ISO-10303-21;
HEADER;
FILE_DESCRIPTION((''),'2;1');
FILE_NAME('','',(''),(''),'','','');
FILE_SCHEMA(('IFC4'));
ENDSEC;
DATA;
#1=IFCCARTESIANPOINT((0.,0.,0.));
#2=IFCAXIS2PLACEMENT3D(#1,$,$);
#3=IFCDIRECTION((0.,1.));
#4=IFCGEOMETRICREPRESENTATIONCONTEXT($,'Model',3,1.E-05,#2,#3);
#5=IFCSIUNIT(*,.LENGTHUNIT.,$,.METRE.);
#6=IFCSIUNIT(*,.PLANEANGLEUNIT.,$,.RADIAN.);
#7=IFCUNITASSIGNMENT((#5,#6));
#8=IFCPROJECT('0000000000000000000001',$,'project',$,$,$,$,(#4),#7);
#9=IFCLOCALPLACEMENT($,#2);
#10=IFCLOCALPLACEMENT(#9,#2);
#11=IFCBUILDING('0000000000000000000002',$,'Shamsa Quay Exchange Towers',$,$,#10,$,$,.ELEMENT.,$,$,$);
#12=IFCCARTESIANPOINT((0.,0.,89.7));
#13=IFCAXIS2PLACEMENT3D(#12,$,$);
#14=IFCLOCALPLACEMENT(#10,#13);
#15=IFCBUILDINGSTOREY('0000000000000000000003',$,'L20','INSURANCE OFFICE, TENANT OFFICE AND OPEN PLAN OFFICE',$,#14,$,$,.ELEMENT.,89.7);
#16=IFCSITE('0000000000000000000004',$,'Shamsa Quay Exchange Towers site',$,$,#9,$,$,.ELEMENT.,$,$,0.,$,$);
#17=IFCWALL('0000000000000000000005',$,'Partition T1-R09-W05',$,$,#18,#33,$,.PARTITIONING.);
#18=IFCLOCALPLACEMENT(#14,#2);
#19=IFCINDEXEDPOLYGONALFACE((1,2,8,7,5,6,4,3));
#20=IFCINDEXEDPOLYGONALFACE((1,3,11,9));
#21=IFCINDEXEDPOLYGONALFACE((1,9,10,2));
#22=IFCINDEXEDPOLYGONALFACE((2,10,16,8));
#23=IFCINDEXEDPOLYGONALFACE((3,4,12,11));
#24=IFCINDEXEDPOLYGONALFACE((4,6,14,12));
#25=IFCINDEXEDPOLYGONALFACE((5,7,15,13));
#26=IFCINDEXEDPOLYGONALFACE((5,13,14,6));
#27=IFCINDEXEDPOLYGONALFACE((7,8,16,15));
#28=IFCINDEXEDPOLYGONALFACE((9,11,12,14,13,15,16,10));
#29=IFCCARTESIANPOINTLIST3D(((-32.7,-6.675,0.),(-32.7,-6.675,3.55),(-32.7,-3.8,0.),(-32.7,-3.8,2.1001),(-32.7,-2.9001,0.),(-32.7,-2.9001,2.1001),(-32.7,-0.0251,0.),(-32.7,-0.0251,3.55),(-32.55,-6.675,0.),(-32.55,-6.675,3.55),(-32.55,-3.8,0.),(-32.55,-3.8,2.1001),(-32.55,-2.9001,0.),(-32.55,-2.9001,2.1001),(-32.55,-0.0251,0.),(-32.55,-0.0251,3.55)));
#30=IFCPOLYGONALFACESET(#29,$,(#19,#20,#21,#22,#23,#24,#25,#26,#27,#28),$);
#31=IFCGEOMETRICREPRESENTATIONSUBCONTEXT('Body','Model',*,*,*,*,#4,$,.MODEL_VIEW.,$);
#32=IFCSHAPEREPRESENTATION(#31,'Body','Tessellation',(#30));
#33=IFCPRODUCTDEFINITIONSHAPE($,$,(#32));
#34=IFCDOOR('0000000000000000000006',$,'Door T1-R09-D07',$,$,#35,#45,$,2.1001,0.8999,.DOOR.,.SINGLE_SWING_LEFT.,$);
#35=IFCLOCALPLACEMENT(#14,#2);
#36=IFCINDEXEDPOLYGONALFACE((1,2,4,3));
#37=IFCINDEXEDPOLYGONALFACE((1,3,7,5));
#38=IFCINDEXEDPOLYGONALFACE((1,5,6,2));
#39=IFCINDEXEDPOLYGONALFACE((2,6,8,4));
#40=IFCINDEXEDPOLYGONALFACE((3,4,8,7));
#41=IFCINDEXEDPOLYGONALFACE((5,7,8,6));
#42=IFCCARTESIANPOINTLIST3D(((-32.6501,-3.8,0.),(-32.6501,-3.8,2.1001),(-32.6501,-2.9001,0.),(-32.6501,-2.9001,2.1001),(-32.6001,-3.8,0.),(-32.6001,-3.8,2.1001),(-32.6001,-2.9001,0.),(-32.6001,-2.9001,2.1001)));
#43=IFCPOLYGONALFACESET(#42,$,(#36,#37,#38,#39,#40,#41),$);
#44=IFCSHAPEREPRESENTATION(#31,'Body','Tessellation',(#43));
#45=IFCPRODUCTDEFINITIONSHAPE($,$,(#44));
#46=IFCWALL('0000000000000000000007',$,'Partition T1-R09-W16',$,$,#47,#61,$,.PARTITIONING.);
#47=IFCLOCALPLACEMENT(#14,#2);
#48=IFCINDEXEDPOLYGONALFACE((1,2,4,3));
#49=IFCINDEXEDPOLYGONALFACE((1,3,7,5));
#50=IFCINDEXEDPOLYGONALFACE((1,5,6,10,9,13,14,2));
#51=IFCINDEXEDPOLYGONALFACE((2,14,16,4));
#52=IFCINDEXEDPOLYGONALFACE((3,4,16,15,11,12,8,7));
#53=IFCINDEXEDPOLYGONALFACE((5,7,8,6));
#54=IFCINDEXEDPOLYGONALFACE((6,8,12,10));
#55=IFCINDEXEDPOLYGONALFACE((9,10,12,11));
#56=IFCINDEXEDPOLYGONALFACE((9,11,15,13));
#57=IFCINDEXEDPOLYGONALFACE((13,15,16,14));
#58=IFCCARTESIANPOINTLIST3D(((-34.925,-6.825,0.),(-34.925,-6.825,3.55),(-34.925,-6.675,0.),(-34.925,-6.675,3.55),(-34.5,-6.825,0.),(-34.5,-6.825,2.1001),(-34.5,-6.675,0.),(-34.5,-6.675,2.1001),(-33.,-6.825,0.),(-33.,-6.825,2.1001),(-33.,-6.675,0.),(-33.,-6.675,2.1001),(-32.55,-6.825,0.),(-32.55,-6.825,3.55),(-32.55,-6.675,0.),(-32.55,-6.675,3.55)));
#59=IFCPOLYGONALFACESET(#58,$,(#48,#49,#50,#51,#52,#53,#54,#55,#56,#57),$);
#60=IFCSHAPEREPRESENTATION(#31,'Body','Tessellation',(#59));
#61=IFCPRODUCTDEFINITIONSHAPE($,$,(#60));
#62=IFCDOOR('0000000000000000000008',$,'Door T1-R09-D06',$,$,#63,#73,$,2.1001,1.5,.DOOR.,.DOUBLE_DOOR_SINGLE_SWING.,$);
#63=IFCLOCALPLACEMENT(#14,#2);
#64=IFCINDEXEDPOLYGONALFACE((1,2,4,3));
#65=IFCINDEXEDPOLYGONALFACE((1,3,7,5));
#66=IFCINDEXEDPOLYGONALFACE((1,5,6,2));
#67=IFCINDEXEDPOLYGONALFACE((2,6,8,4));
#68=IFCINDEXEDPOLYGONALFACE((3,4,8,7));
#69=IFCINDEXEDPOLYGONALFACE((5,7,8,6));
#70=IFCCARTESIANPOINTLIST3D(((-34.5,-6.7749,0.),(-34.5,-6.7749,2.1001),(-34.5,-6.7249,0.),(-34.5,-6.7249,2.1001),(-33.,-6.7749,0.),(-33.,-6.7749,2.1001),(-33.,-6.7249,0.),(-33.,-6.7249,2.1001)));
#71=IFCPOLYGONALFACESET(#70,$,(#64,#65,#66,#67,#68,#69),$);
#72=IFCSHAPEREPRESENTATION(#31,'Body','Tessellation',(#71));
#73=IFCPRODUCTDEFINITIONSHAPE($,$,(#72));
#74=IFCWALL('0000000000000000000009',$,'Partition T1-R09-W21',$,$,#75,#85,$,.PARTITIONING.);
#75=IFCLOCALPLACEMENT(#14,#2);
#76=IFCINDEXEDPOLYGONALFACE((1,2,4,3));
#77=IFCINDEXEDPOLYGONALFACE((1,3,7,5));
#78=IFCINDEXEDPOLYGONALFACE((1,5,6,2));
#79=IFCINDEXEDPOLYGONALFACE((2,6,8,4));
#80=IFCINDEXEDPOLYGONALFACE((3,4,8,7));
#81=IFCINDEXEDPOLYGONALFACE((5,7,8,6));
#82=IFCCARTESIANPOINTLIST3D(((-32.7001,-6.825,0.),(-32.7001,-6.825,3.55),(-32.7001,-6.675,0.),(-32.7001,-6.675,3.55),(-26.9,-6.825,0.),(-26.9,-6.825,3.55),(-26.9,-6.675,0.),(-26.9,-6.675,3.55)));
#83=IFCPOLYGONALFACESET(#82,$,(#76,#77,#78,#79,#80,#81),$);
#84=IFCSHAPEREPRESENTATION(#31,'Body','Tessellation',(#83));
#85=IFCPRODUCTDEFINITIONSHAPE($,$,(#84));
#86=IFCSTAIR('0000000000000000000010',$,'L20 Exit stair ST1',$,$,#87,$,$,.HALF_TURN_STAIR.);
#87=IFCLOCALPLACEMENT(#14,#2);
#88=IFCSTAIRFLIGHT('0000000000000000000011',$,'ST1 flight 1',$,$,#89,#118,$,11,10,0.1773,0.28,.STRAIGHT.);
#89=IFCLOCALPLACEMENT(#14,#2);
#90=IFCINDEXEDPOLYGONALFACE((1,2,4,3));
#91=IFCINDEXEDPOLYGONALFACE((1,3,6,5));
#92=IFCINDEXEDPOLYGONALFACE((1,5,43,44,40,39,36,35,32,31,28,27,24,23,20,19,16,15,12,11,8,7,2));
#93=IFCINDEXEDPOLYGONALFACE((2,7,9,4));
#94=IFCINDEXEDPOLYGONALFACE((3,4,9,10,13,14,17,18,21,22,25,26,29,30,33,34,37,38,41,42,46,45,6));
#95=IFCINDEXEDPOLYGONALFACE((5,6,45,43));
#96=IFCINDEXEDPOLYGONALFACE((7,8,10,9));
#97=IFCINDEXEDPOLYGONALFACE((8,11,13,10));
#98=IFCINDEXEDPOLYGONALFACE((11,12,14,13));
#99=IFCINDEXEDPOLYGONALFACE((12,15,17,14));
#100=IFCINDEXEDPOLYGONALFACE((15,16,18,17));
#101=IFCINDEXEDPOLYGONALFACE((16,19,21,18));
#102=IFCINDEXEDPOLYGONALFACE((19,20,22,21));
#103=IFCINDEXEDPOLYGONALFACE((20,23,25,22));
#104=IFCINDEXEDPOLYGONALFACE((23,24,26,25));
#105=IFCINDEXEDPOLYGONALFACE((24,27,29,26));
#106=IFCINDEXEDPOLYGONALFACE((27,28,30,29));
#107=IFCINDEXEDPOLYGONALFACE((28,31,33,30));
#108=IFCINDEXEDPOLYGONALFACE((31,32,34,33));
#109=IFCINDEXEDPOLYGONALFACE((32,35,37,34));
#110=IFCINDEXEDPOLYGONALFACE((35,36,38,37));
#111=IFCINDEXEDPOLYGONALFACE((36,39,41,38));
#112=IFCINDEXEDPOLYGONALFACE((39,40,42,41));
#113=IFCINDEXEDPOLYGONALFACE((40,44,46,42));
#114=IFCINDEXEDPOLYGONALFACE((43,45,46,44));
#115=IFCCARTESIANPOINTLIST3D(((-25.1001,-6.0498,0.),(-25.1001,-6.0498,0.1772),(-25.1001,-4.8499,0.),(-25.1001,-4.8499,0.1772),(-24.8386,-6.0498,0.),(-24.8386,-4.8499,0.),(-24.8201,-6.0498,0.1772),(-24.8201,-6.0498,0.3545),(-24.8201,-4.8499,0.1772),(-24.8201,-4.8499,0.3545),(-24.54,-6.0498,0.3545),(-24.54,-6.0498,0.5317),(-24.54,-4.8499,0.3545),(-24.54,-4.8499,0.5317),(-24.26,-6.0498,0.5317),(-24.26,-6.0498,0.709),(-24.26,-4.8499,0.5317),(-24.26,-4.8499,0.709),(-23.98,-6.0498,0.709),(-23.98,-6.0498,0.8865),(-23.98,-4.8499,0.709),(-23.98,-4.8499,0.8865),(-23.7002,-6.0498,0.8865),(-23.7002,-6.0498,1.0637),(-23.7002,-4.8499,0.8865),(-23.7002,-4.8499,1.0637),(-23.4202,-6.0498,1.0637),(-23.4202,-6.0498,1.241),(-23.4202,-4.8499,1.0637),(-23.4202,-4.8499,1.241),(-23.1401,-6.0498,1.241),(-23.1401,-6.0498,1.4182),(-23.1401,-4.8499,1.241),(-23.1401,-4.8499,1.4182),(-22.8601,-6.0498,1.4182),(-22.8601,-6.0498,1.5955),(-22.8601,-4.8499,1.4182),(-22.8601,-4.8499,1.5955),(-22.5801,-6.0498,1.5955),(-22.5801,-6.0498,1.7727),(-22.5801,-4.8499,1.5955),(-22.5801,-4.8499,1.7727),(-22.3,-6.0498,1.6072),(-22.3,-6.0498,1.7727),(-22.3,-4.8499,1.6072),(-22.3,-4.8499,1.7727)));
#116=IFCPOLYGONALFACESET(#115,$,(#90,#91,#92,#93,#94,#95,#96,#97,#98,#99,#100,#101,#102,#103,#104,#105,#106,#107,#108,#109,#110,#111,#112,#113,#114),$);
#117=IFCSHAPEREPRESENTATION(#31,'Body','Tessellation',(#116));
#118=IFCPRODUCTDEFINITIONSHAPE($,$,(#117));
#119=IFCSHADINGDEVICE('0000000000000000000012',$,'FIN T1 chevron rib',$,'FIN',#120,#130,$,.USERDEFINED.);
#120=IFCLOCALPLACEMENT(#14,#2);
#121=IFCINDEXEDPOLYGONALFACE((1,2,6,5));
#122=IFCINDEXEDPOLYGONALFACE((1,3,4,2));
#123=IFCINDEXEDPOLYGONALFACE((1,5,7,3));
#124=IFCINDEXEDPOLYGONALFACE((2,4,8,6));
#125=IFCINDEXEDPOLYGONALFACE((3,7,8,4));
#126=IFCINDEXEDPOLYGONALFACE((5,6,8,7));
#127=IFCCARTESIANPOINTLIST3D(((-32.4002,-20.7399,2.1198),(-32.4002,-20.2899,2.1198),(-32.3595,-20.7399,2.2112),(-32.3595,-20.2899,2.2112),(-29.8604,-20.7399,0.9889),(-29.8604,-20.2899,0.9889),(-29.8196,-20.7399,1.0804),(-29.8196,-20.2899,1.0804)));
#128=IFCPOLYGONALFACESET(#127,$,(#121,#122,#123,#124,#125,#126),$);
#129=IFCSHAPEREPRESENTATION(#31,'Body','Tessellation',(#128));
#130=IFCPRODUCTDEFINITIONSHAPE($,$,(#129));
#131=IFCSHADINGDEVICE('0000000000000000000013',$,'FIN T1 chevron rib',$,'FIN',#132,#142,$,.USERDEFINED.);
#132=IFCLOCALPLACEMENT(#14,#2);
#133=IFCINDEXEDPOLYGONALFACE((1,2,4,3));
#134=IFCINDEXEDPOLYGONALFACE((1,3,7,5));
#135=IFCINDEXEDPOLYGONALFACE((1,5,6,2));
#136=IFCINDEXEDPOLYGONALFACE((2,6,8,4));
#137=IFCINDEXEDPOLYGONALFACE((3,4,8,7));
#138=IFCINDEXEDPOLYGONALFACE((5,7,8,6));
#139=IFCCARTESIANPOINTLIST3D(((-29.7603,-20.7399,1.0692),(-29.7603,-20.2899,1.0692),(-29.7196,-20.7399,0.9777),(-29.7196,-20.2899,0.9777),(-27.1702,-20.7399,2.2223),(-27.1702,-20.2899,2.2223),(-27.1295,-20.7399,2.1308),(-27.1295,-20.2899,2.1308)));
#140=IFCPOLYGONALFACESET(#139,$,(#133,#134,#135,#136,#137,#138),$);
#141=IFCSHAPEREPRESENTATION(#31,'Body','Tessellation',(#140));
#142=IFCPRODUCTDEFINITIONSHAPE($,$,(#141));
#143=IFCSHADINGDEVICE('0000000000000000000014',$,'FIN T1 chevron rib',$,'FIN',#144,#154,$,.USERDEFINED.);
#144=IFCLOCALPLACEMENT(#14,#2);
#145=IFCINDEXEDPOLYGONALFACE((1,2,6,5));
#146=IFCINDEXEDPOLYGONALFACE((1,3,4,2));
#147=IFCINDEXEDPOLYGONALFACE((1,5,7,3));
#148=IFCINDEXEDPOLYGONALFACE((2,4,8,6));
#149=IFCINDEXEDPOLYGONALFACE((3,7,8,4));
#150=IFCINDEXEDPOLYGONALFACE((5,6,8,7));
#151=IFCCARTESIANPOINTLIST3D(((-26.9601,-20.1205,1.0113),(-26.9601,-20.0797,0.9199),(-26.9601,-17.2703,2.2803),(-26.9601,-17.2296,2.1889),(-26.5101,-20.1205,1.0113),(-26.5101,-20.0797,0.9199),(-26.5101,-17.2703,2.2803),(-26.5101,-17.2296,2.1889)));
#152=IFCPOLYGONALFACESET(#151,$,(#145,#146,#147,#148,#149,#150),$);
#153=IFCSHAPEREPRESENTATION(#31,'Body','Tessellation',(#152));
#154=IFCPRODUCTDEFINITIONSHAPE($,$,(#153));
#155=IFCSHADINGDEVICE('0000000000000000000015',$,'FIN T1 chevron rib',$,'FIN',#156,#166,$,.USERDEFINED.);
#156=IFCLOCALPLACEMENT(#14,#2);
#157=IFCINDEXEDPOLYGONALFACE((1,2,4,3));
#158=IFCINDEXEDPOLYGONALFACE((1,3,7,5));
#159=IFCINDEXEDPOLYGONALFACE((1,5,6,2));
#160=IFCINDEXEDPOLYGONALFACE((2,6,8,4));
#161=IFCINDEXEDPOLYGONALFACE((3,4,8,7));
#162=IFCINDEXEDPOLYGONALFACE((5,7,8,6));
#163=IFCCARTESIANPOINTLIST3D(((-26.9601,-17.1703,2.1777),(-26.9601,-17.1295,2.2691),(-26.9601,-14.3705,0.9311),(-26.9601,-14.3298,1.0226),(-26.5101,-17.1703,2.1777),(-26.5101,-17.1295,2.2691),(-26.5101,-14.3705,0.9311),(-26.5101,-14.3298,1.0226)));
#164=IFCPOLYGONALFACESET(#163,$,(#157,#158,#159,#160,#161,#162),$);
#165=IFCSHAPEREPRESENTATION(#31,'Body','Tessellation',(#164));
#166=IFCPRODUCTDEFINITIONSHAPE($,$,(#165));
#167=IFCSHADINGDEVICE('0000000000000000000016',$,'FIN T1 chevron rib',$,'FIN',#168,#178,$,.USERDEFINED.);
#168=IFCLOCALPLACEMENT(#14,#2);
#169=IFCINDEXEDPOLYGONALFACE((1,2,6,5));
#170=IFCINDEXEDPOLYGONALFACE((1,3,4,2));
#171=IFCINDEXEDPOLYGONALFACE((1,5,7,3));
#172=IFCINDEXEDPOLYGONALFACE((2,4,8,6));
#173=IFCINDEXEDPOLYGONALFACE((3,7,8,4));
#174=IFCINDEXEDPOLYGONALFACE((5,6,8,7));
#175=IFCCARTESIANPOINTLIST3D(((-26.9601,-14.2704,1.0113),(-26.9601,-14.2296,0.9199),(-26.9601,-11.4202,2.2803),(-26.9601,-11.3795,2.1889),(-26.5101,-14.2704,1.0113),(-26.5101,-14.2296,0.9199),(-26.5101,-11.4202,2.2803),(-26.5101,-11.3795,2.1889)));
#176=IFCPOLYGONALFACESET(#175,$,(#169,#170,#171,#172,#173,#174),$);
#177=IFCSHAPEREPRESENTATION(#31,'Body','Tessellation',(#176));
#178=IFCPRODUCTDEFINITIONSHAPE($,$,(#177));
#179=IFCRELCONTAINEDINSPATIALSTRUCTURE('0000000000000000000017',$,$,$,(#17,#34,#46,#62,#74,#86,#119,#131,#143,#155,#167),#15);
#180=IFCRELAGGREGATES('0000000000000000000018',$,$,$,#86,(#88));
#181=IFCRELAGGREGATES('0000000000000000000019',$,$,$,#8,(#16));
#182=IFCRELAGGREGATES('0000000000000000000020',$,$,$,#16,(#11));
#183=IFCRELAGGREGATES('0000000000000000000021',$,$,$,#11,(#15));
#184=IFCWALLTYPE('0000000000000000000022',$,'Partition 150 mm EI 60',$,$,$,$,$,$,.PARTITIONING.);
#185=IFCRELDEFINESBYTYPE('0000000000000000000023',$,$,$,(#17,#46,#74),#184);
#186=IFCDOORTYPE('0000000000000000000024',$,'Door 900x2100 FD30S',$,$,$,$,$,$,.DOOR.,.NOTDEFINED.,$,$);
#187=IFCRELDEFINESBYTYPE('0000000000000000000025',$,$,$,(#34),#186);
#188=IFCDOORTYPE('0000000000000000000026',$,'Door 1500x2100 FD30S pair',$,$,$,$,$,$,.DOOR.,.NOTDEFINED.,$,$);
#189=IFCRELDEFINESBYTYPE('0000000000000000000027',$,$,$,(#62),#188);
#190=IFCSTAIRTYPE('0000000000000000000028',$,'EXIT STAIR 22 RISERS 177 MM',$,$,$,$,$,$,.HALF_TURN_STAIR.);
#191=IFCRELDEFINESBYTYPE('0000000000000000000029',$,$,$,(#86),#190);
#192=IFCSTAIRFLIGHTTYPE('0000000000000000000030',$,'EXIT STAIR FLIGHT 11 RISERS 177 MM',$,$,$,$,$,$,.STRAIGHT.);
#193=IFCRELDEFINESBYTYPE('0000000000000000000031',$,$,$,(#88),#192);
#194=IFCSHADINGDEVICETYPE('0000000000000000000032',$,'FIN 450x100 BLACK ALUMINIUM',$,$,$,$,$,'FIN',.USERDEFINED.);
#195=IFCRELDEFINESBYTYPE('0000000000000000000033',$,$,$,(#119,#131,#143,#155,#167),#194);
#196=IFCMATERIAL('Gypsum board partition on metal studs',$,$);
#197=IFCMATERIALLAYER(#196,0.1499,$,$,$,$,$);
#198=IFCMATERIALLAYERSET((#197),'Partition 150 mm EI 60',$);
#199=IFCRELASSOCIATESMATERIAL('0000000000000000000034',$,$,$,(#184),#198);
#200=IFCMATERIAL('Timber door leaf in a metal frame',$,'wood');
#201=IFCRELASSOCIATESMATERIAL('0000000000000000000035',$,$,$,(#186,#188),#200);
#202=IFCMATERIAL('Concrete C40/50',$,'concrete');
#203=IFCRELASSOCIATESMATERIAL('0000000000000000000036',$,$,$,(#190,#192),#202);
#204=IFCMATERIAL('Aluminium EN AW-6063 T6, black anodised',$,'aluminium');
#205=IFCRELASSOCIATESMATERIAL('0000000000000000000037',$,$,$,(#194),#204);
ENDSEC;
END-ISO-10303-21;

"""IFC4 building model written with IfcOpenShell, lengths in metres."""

from ifc_helpers import new_model, si_unit, direction, frame, frame_2d, origin, origin_2d, place, context, subcontext, project, spatial, polyline, rectangle, outline, extrude, material, layer, layer_set, material_profile, profile_set, type_object, element, fill, aggregate, save


model = new_model("IFC4")

# Units and contexts
model_context = context("Model", 3, precision=1e-05, world=origin(), true_north=direction((0.0, 1.0)))
body_context = subcontext(model_context, "Body", "Model", "MODEL_VIEW")
ifc_project = project(units=[si_unit("LENGTHUNIT", "METRE"), si_unit("PLANEANGLEUNIT", "RADIAN")], contexts=[model_context])

# Site, building, storey
site_placement = place(None, origin())
site = spatial("IfcSite", under=ifc_project, at=site_placement, Name="Shamsa Quay Exchange Towers site", CompositionType="ELEMENT", RefElevation=0.0)
building_placement = place(site_placement, origin())
building = spatial("IfcBuilding", under=site, at=building_placement, Name="Shamsa Quay Exchange Towers", CompositionType="ELEMENT")
storey_placement = place(building_placement, frame((0.0, 0.0, 89.7)))
storey = spatial("IfcBuildingStorey", under=building, at=storey_placement, Name="L20", Description="INSURANCE OFFICE, TENANT OFFICE AND OPEN PLAN OFFICE", CompositionType="ELEMENT", Elevation=89.7)

# Shared definitions
ifc_material_1 = material(Name="Aluminium EN AW-6063 T6, black anodised", Category="aluminium")

# Shared definitions
ifc_material_2 = material(Name="Gypsum board partition on metal studs")
ifc_layer_1 = layer(ifc_material_2, 0.1499)
ifc_layer_set_1 = layer_set([ifc_layer_1], Name="Partition 150 mm EI 60")
wall_type_1 = type_object("IfcWallType", Name="Partition 150 mm EI 60", PredefinedType="PARTITIONING", material=ifc_layer_set_1)

# Walls, openings, doors
wall_1_placement = place(storey_placement, frame((-32.625, -0.0251, 0.0), z_axis=(0.0, 0.0, 1.0), x_axis=(0.0, -1.0, 0.0)))
wall_1 = element("IfcWall", 1, at=wall_1_placement, inside=storey, type_object=wall_type_1, Name="Partition T1-R09-W05", PredefinedType="PARTITIONING", context=body_context, shape_type="SweptSolid", body=[
    extrude(rectangle(XDim=6.6499, YDim=0.1499, at=frame_2d((3.325, 0.0))), origin(), (0.0, 0.0, 1.0), 3.55),
])
opening_1_placement = place(wall_1_placement, frame((2.875, 0.0, 0.0)))
opening_1 = element("IfcOpeningElement", 2, at=opening_1_placement, cuts=wall_1, PredefinedType="OPENING", context=body_context, shape_type="SweptSolid", body=[
    extrude(rectangle(XDim=0.8999, YDim=2.1001, at=frame_2d((0.45, 1.05))), frame((0.0, 0.085, 0.0), z_axis=(0.0, -1.0, 0.0), x_axis=(1.0, 0.0, 0.0)), (0.0, 0.0, 1.0), 0.1699),
])
ifc_material_3 = material(Name="Timber door leaf in a metal frame", Category="wood")
door_type_1 = type_object("IfcDoorType", Name="Door 900x2100 FD30S", OperationType="NOTDEFINED", PredefinedType="DOOR", material=ifc_material_3)
door_1_placement = place(opening_1_placement, origin())
door_1 = element("IfcDoor", 3, at=door_1_placement, inside=storey, type_object=door_type_1, Name="Door T1-R09-D07", OperationType="SINGLE_SWING_LEFT", OverallHeight=2.1001, OverallWidth=0.8999, PredefinedType="DOOR", context=body_context, shape_type="SweptSolid", body=[
    extrude(rectangle(XDim=0.8999, YDim=2.1001, at=frame_2d((0.45, 1.05))), frame((0.0, 0.0249, 0.0), z_axis=(0.0, -1.0, 0.0), x_axis=(1.0, 0.0, 0.0)), (0.0, 0.0, 1.0), 0.05),
])
fill(opening_1, door_1)
wall_2_placement = place(storey_placement, frame((-32.55, -6.75, 0.0), z_axis=(0.0, 0.0, 1.0), x_axis=(-1.0, 0.0, 0.0)))
wall_2 = element("IfcWall", 4, at=wall_2_placement, inside=storey, type_object=wall_type_1, Name="Partition T1-R09-W16", PredefinedType="PARTITIONING", context=body_context, shape_type="SweptSolid", body=[
    extrude(rectangle(XDim=2.375, YDim=0.1499, at=frame_2d((1.1875, 0.0))), origin(), (0.0, 0.0, 1.0), 3.55),
])
opening_2_placement = place(wall_2_placement, frame((0.45, 0.0, 0.0)))
opening_2 = element("IfcOpeningElement", 5, at=opening_2_placement, cuts=wall_2, PredefinedType="OPENING", context=body_context, shape_type="SweptSolid", body=[
    extrude(rectangle(XDim=1.5, YDim=2.1001, at=frame_2d((0.75, 1.05))), frame((0.0, 0.085, 0.0), z_axis=(0.0, -1.0, 0.0), x_axis=(1.0, 0.0, 0.0)), (0.0, 0.0, 1.0), 0.1699),
])
door_type_2 = type_object("IfcDoorType", Name="Door 1500x2100 FD30S pair", OperationType="NOTDEFINED", PredefinedType="DOOR", material=ifc_material_3)
door_2_placement = place(opening_2_placement, origin())
door_2 = element("IfcDoor", 6, at=door_2_placement, inside=storey, type_object=door_type_2, Name="Door T1-R09-D06", OperationType="DOUBLE_DOOR_SINGLE_SWING", OverallHeight=2.1001, OverallWidth=1.5, PredefinedType="DOOR", context=body_context, shape_type="SweptSolid", body=[
    extrude(rectangle(XDim=1.5, YDim=2.1001, at=frame_2d((0.75, 1.05))), frame((0.0, 0.0249, 0.0), z_axis=(0.0, -1.0, 0.0), x_axis=(1.0, 0.0, 0.0)), (0.0, 0.0, 1.0), 0.05),
])
fill(opening_2, door_2)

# Wall
wall_3_placement = place(storey_placement, frame((-32.7, -6.75, 0.0)))
element("IfcWall", 7, at=wall_3_placement, inside=storey, type_object=wall_type_1, Name="Partition T1-R09-W21", PredefinedType="PARTITIONING", context=body_context, shape_type="SweptSolid", body=[
    extrude(rectangle(XDim=5.8, YDim=0.1499, at=frame_2d((2.8999, 0.0))), origin(), (0.0, 0.0, 1.0), 3.55),
])

# Stair, stair flight
ifc_material_4 = material(Name="Concrete C40/50", Category="concrete")
stair_type = type_object("IfcStairType", Name="EXIT STAIR 22 RISERS 177 MM", PredefinedType="HALF_TURN_STAIR", material=ifc_material_4)
stair_placement = place(storey_placement, origin())
stair = element("IfcStair", 8, at=stair_placement, inside=storey, type_object=stair_type, Name="L20 Exit stair ST1", PredefinedType="HALF_TURN_STAIR")
stair_flight_type = type_object("IfcStairFlightType", Name="EXIT STAIR FLIGHT 11 RISERS 177 MM", PredefinedType="STRAIGHT", material=ifc_material_4)
stair_flight_placement = place(storey_placement, frame((-25.1001, -5.45, 0.0)))
stair_flight = element("IfcStairFlight", 9, at=stair_flight_placement, type_object=stair_flight_type, Name="ST1 flight 1", NumberOfRisers=11, NumberOfTreads=10, PredefinedType="STRAIGHT", RiserHeight=0.1773, TreadLength=0.28, context=body_context, shape_type="SweptSolid", body=[
    extrude(outline(polyline([(0.0, 0.0), (0.0, 0.1772), (0.28, 0.1772), (0.28, 0.3545), (0.5601, 0.3545), (0.5601, 0.5317), (0.8401, 0.5317), (0.8401, 0.709), (1.1201, 0.709), (1.1201, 0.8865), (1.3999, 0.8865), (1.3999, 1.0637), (1.6799, 1.0637), (1.6799, 1.241), (1.96, 1.241), (1.96, 1.4182), (2.24, 1.4182), (2.24, 1.5955), (2.52, 1.5955), (2.52, 1.7727), (2.8, 1.7727), (2.8, 1.95), (2.8, 1.6072), (0.2615, 0.0), (0.0, 0.0)])), frame((0.0, 0.6001, 0.0), z_axis=(0.0, -1.0, 0.0), x_axis=(1.0, 0.0, 0.0)), (0.0, 0.0, 1.0), 1.2),
])
aggregate(stair, [stair_flight])

# Shading devices
ifc_material_profile_1 = material_profile(ifc_material_1, rectangle(XDim=0.45, YDim=0.1001, at=origin_2d()), Name="FIN450x100")
ifc_profile_set_1 = profile_set([ifc_material_profile_1], Name="Aluminium EN AW-6063 T6, black anodised")
shading_device_type = type_object("IfcShadingDeviceType", Name="FIN 450x100 BLACK ALUMINIUM", ElementType="FIN", PredefinedType="USERDEFINED", material=ifc_profile_set_1)
shading_device_1_placement = place(storey_placement, frame((-32.3799, -20.5149, 2.1655), z_axis=(0.913536, 0.0, -0.406758), x_axis=(0.0, 1.0, 0.0)))
element("IfcShadingDevice", 10, at=shading_device_1_placement, inside=storey, type_object=shading_device_type, Name="FIN T1 chevron rib", ObjectType="FIN", PredefinedType="USERDEFINED", context=body_context, shape_type="SweptSolid", body=[
    extrude(rectangle(XDim=0.45, YDim=0.1001, at=origin_2d()), origin(), (0.0, 0.0, 1.0), 2.7803),
])
shading_device_2_placement = place(storey_placement, frame((-29.74, -20.5149, 1.0234), z_axis=(0.913559, 0.0, 0.406706), x_axis=(0.0, 1.0, 0.0)))
element("IfcShadingDevice", 11, at=shading_device_2_placement, inside=storey, type_object=shading_device_type, Name="FIN T1 chevron rib", ObjectType="FIN", PredefinedType="USERDEFINED", context=body_context, shape_type="SweptSolid", body=[
    extrude(rectangle(XDim=0.45, YDim=0.1001, at=origin_2d()), origin(), (0.0, 0.0, 1.0), 2.8352),
])
shading_device_3_placement = place(storey_placement, frame((-26.7351, -20.1001, 0.9656), z_axis=(0.0, 0.913534, 0.406763), x_axis=(-1.0, 0.0, 0.0)))
element("IfcShadingDevice", 12, at=shading_device_3_placement, inside=storey, type_object=shading_device_type, Name="FIN T1 chevron rib", ObjectType="FIN", PredefinedType="USERDEFINED", context=body_context, shape_type="SweptSolid", body=[
    extrude(rectangle(XDim=0.45, YDim=0.1001, at=origin_2d()), origin(), (0.0, 0.0, 1.0), 3.1199),
])
shading_device_4_placement = place(storey_placement, frame((-26.7351, -17.1499, 2.2234), z_axis=(0.0, 0.913542, -0.406744), x_axis=(-1.0, 0.0, 0.0)))
element("IfcShadingDevice", 13, at=shading_device_4_placement, inside=storey, type_object=shading_device_type, Name="FIN T1 chevron rib", ObjectType="FIN", PredefinedType="USERDEFINED", context=body_context, shape_type="SweptSolid", body=[
    extrude(rectangle(XDim=0.45, YDim=0.1001, at=origin_2d()), origin(), (0.0, 0.0, 1.0), 3.0647),
])
shading_device_5_placement = place(storey_placement, frame((-26.7351, -14.25, 0.9656), z_axis=(0.0, 0.913534, 0.406763), x_axis=(-1.0, 0.0, 0.0)))
element("IfcShadingDevice", 14, at=shading_device_5_placement, inside=storey, type_object=shading_device_type, Name="FIN T1 chevron rib", ObjectType="FIN", PredefinedType="USERDEFINED", context=body_context, shape_type="SweptSolid", body=[
    extrude(rectangle(XDim=0.45, YDim=0.1001, at=origin_2d()), origin(), (0.0, 0.0, 1.0), 3.1199),
])

save(model, "model.ifc")
